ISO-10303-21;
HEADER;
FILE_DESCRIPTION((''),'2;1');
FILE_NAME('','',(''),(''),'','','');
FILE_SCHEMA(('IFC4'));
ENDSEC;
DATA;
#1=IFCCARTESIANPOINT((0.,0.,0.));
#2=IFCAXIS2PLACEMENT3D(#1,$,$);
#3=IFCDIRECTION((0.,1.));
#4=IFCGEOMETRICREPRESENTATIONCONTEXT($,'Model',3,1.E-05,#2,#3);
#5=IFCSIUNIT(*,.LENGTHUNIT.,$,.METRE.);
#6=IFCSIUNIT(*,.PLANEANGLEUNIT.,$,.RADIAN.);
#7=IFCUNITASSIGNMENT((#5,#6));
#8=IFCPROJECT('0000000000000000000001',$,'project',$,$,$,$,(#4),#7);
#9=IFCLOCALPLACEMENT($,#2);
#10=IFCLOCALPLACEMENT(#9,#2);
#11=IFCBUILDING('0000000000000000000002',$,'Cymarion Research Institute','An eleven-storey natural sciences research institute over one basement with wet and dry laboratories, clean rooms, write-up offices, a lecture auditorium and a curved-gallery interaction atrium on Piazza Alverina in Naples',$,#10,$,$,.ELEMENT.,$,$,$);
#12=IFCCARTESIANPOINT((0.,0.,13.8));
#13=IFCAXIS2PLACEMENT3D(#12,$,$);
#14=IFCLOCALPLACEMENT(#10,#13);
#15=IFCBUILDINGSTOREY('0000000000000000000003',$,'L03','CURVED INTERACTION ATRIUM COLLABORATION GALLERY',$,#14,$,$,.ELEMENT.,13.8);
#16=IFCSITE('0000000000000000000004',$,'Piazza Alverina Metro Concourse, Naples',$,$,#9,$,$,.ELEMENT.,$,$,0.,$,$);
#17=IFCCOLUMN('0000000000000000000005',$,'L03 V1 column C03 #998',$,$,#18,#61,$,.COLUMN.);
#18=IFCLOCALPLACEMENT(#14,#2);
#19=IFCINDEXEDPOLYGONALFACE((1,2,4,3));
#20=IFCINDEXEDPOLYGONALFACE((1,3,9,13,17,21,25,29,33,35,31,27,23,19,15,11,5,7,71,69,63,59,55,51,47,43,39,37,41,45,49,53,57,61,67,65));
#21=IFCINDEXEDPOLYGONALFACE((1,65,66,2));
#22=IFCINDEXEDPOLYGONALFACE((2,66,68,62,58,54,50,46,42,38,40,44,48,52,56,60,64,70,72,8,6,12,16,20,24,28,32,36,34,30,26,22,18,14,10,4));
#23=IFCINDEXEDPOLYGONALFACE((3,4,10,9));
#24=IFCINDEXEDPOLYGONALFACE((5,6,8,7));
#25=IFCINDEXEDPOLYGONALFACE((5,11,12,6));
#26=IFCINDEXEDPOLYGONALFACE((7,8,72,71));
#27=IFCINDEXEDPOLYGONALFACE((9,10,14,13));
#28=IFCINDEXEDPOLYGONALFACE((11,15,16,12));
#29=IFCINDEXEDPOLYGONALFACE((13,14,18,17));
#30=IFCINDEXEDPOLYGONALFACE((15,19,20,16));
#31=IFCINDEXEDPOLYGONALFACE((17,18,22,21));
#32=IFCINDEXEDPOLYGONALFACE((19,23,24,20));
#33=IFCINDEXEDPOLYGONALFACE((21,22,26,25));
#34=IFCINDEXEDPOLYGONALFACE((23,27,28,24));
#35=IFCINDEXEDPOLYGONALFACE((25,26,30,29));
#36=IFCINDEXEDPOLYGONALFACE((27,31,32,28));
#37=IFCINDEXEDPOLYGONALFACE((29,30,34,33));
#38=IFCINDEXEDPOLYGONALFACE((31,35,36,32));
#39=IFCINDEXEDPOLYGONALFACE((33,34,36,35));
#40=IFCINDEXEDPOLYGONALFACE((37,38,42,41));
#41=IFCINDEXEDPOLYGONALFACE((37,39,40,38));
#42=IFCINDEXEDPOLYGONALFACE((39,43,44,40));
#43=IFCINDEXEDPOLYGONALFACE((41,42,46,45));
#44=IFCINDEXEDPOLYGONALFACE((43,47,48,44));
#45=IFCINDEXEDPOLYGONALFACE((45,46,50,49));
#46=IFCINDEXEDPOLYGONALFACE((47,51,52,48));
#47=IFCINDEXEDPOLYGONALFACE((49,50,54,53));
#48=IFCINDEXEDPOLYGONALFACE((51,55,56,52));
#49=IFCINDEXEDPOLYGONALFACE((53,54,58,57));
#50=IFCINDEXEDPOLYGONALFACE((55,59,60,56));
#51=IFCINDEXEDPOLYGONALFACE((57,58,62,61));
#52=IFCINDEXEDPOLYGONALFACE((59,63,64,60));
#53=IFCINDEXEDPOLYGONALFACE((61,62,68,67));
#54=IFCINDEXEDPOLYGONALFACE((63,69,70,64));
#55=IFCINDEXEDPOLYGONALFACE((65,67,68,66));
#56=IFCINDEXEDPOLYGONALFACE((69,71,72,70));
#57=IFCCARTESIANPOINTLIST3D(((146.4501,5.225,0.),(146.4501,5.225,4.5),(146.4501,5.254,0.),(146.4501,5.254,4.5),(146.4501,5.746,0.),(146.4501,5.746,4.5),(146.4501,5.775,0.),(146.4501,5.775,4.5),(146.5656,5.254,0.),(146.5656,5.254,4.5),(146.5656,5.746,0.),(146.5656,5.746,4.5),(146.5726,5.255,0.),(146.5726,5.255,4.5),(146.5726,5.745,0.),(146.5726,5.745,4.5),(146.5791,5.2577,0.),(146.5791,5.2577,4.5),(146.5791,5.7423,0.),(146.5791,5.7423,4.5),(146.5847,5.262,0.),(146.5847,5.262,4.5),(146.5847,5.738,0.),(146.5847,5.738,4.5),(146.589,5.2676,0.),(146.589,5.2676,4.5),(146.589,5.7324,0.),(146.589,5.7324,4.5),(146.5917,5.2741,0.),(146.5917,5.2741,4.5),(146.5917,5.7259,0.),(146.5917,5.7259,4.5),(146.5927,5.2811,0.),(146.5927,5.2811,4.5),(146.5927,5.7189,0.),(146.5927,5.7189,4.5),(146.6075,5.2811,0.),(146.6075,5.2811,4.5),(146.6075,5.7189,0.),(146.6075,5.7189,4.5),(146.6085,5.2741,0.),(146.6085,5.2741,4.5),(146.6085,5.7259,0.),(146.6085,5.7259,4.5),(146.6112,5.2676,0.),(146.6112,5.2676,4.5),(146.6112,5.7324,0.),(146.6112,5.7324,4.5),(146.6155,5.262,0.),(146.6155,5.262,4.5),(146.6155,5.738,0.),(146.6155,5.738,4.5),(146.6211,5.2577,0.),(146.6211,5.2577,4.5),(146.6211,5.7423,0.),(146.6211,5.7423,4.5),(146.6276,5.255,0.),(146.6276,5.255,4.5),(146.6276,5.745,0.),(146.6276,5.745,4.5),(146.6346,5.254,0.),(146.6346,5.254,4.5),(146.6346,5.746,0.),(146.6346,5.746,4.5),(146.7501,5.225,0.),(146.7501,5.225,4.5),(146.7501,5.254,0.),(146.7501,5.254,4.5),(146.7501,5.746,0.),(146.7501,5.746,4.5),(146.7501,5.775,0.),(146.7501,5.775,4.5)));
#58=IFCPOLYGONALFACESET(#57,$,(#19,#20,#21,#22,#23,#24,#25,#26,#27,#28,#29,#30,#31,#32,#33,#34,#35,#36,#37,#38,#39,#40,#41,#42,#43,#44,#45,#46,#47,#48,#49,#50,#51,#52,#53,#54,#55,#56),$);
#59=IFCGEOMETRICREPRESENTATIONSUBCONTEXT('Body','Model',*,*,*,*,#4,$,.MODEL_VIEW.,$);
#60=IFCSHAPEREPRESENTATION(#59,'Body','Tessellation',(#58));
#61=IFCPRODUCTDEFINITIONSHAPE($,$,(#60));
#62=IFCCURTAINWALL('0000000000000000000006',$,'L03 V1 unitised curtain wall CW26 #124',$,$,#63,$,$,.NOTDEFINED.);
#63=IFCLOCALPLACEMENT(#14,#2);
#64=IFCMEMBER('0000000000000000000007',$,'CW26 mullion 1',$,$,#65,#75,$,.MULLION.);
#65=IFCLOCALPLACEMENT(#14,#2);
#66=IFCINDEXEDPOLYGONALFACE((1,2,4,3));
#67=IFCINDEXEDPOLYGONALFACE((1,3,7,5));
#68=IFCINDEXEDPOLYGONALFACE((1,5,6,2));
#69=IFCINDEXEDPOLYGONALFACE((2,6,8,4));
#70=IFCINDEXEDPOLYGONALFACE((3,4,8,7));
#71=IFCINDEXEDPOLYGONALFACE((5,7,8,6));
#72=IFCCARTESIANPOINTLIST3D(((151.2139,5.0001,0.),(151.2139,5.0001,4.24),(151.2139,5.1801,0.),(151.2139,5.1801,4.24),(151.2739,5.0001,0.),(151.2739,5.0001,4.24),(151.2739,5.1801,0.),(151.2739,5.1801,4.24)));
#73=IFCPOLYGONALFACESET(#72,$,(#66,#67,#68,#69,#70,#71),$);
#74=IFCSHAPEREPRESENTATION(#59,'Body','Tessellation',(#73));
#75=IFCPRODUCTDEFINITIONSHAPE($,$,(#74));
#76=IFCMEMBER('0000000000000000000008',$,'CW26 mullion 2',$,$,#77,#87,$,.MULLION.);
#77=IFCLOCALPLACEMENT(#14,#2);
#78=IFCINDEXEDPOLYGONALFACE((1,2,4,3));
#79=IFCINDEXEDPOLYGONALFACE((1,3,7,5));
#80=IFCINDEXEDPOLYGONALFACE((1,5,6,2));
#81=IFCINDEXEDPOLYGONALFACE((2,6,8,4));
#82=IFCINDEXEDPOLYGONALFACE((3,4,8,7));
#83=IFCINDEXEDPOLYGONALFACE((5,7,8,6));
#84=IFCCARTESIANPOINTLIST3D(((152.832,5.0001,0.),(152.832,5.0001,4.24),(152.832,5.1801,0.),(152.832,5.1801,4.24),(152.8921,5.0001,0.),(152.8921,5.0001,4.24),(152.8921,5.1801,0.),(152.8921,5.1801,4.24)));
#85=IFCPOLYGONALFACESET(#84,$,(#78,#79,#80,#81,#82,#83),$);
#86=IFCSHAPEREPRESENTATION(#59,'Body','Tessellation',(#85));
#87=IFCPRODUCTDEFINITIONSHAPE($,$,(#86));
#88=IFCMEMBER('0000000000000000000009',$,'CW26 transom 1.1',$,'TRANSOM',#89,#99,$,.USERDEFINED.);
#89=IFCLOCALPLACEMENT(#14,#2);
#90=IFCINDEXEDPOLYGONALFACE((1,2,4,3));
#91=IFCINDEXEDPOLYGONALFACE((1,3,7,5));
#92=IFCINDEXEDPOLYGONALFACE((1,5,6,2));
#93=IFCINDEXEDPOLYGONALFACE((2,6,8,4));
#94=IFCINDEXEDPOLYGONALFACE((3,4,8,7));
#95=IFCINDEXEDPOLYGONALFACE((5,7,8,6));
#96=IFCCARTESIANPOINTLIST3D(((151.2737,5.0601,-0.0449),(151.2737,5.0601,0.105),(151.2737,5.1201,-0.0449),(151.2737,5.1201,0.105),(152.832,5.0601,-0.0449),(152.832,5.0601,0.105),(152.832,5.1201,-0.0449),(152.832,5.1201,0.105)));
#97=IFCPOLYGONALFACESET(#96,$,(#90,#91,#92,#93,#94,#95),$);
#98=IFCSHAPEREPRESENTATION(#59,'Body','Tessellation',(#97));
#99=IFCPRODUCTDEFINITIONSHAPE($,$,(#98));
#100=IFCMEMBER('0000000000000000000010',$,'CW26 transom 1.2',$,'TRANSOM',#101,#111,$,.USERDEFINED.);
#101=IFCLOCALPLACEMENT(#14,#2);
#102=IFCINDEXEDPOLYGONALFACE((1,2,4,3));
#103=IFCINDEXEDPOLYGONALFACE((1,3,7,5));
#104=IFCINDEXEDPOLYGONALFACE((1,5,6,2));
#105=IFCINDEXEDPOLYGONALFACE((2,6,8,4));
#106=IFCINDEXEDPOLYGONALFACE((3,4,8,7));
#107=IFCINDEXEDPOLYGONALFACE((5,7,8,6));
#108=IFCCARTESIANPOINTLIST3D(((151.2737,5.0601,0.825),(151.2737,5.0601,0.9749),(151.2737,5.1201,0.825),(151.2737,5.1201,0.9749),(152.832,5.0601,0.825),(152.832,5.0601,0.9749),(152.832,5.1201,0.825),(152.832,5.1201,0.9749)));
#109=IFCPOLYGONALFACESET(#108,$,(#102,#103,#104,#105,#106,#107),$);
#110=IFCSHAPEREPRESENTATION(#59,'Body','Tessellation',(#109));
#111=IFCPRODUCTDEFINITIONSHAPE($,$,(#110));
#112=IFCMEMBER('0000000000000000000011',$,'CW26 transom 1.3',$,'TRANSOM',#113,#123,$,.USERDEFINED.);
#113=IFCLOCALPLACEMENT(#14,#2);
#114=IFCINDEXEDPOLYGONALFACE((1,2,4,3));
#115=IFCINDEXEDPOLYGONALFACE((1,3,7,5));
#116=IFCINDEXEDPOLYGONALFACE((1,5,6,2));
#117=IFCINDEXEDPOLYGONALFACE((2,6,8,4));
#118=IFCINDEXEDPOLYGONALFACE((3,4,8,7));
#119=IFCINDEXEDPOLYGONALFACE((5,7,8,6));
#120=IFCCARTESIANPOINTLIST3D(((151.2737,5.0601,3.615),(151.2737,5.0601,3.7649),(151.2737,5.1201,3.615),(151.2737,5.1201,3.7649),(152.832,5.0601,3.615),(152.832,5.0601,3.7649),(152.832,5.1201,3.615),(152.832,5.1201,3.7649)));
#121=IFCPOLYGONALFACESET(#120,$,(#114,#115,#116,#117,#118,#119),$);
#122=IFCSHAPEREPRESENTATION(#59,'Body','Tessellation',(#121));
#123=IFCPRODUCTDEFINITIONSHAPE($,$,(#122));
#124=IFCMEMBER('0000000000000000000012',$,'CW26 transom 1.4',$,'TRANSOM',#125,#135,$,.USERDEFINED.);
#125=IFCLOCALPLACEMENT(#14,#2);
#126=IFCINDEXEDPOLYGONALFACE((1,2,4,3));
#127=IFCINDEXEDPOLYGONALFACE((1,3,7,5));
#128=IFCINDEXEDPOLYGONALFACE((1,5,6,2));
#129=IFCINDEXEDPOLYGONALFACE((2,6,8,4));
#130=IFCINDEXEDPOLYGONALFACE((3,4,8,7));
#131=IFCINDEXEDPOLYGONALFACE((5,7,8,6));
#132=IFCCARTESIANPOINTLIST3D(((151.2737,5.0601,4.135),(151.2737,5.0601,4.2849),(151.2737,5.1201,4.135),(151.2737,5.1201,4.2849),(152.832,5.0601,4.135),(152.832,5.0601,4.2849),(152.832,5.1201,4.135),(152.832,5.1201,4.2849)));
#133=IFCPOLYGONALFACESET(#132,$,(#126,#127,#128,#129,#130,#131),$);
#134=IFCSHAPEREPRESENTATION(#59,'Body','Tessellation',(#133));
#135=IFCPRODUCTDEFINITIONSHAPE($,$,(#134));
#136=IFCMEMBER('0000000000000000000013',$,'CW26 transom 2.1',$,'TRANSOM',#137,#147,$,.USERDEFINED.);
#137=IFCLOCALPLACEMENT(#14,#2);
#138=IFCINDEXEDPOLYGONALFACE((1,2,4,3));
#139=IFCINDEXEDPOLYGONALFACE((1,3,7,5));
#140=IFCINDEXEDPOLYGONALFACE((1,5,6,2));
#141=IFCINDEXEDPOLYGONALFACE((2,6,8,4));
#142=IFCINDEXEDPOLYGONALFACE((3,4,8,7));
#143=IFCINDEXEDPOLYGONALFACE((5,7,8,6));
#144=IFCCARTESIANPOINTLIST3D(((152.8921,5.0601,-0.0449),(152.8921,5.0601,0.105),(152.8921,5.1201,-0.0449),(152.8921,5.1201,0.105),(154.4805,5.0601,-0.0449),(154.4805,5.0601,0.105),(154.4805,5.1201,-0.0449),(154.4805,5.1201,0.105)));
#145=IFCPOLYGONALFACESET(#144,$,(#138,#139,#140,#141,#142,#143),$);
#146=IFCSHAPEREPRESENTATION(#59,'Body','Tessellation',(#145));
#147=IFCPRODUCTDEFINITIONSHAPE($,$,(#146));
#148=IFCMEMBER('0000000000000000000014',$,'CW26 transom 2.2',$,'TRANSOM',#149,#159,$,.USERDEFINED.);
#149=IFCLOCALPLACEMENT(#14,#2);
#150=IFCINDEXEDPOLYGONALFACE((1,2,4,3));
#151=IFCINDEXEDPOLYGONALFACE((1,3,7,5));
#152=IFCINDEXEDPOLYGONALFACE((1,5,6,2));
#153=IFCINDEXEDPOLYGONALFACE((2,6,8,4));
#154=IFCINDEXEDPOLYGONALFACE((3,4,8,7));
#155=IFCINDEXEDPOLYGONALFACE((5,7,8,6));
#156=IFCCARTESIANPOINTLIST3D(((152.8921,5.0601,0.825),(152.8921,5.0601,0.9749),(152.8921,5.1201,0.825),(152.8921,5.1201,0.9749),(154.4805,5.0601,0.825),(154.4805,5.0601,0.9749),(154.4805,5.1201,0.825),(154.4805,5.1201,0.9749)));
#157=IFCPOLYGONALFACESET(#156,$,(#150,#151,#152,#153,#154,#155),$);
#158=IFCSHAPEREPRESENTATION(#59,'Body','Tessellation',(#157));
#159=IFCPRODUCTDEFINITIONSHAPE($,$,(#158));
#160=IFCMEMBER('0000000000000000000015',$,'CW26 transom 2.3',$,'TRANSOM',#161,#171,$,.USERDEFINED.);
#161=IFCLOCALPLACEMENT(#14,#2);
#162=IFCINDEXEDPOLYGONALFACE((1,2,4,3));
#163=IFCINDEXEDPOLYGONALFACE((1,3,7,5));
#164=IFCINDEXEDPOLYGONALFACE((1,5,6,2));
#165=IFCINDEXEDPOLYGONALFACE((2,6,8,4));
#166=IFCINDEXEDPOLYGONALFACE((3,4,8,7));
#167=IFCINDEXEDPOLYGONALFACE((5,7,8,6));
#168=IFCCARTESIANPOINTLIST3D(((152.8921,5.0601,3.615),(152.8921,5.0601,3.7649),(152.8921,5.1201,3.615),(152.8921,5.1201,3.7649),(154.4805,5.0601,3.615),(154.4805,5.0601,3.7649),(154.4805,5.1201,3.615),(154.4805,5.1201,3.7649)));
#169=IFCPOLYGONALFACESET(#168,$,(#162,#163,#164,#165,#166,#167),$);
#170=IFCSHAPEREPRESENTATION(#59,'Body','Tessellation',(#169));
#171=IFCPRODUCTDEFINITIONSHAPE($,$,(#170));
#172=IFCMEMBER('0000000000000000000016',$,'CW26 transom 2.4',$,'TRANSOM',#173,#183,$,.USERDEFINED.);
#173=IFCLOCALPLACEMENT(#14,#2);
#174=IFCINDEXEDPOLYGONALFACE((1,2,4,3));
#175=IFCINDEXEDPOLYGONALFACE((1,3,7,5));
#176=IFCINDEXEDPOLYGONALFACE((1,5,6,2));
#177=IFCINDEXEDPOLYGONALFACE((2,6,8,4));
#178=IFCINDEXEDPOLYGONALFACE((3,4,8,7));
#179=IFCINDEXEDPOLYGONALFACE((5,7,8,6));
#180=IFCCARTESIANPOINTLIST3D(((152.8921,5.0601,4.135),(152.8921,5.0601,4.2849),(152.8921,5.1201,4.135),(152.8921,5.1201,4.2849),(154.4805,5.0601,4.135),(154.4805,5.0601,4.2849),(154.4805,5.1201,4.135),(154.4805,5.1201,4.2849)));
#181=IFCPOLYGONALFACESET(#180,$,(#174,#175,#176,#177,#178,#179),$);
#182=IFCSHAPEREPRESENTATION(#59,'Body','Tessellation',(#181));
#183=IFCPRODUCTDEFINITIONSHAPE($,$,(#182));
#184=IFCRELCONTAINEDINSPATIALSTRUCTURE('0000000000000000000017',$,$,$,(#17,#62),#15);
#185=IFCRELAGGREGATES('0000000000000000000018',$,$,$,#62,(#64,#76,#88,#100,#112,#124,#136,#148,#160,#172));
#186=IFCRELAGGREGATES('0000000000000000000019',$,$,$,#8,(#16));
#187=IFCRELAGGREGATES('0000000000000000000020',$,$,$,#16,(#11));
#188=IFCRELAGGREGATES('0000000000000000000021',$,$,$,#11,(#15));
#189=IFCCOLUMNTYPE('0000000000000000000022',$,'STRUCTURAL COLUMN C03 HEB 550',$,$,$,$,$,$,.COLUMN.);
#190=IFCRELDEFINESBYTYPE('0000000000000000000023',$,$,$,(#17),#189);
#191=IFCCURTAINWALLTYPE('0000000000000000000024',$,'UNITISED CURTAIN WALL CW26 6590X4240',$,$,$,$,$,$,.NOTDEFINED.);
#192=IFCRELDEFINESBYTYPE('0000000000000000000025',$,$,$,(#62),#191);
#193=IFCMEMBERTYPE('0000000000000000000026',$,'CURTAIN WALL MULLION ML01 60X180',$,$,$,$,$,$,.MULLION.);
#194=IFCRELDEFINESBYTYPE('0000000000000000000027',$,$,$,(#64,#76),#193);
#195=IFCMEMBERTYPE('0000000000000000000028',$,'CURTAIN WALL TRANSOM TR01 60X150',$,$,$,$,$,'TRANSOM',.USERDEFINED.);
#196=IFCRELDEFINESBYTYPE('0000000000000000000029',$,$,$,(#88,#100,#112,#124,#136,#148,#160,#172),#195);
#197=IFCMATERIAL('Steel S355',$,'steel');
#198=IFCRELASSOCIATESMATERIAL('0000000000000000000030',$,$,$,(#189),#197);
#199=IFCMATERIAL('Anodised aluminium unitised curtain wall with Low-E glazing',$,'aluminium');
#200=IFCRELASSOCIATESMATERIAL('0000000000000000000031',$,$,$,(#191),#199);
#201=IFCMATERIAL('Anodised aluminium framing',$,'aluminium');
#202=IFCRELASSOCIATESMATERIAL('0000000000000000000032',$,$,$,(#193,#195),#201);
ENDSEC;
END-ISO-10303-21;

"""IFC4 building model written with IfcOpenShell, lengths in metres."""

from ifc_helpers import new_model, si_unit, direction, frame, origin, origin_2d, place, context, subcontext, project, spatial, rectangle, i_section, extrude, material, material_profile, profile_set, type_object, element, aggregate, save


model = new_model("IFC4")

# Units and contexts
model_context = context("Model", 3, precision=1e-05, world=origin(), true_north=direction((0.0, 1.0)))
body_context = subcontext(model_context, "Body", "Model", "MODEL_VIEW")
ifc_project = project(units=[si_unit("LENGTHUNIT", "METRE"), si_unit("PLANEANGLEUNIT", "RADIAN")], contexts=[model_context])

# Site, building, storey
site_placement = place(None, origin())
site = spatial("IfcSite", under=ifc_project, at=site_placement, Name="Piazza Alverina Metro Concourse, Naples", CompositionType="ELEMENT", RefElevation=0.0)
building_placement = place(site_placement, origin())
building = spatial("IfcBuilding", under=site, at=building_placement, Name="Cymarion Research Institute", Description="An eleven-storey natural sciences research institute over one basement with wet and dry laboratories, clean rooms, write-up offices, a lecture auditorium and a curved-gallery interaction atrium on Piazza Alverina in Naples", CompositionType="ELEMENT")
storey_placement = place(building_placement, frame((0.0, 0.0, 13.8)))
storey = spatial("IfcBuildingStorey", under=building, at=storey_placement, Name="L03", Description="CURVED INTERACTION ATRIUM COLLABORATION GALLERY", CompositionType="ELEMENT", Elevation=13.8)

# Column
ifc_material_1 = material(Name="Steel S355", Category="steel")
ifc_material_profile_1 = material_profile(ifc_material_1, i_section(OverallWidth=0.3, OverallDepth=0.55, WebThickness=0.0149, FlangeThickness=0.0291, FilletRadius=0.0271, at=origin_2d()), Name="HEB 550")
ifc_profile_set_1 = profile_set([ifc_material_profile_1], Name="Steel S355")
column_type = type_object("IfcColumnType", Name="STRUCTURAL COLUMN C03 HEB 550", PredefinedType="COLUMN", material=ifc_profile_set_1)
column_placement = place(storey_placement, frame((146.6001, 5.5, 0.0), z_axis=(0.0, 0.0, 1.0), x_axis=(1.0, 0.0, 0.0)))
element("IfcColumn", 1, at=column_placement, inside=storey, type_object=column_type, Name="L03 V1 column C03 #998", PredefinedType="COLUMN", context=body_context, shape_type="SweptSolid", body=[
    extrude(i_section(OverallWidth=0.3, OverallDepth=0.55, WebThickness=0.0149, FlangeThickness=0.0291, FilletRadius=0.0271, at=origin_2d()), origin(), (0.0, 0.0, 1.0), 4.5),
])

# Curtain wall, members
ifc_material_2 = material(Name="Anodised aluminium unitised curtain wall with Low-E glazing", Category="aluminium")
curtain_wall_type = type_object("IfcCurtainWallType", Name="UNITISED CURTAIN WALL CW26 6590X4240", PredefinedType="NOTDEFINED", material=ifc_material_2)
curtain_wall_placement = place(storey_placement, origin())
curtain_wall = element("IfcCurtainWall", 2, at=curtain_wall_placement, inside=storey, type_object=curtain_wall_type, Name="L03 V1 unitised curtain wall CW26 #124", PredefinedType="NOTDEFINED")
ifc_material_3 = material(Name="Anodised aluminium framing", Category="aluminium")
ifc_material_profile_2 = material_profile(ifc_material_3, rectangle(XDim=0.0601, YDim=0.1799, at=origin_2d()), Name="ALU MULLION 60x180")
ifc_profile_set_2 = profile_set([ifc_material_profile_2], Name="Anodised aluminium framing")
member_type_1 = type_object("IfcMemberType", Name="CURTAIN WALL MULLION ML01 60X180", PredefinedType="MULLION", material=ifc_profile_set_2)
member_1_placement = place(storey_placement, frame((151.2439, 5.0901, 0.0), z_axis=(0.0, 0.0, 1.0), x_axis=(1.0, 0.0, 0.0)))
member_1 = element("IfcMember", 3, at=member_1_placement, type_object=member_type_1, Name="CW26 mullion 1", PredefinedType="MULLION", context=body_context, shape_type="SweptSolid", body=[
    extrude(rectangle(XDim=0.0601, YDim=0.1799, at=origin_2d()), origin(), (0.0, 0.0, 1.0), 4.24),
])
member_2_placement = place(storey_placement, frame((152.8621, 5.0901, 0.0), z_axis=(0.0, 0.0, 1.0), x_axis=(1.0, 0.0, 0.0)))
member_2 = element("IfcMember", 4, at=member_2_placement, type_object=member_type_1, Name="CW26 mullion 2", PredefinedType="MULLION", context=body_context, shape_type="SweptSolid", body=[
    extrude(rectangle(XDim=0.0601, YDim=0.1799, at=origin_2d()), origin(), (0.0, 0.0, 1.0), 4.24),
])
ifc_material_profile_3 = material_profile(ifc_material_3, rectangle(XDim=0.0601, YDim=0.1499, at=origin_2d()), Name="ALU TRANSOM 60x150")
ifc_profile_set_3 = profile_set([ifc_material_profile_3], Name="Anodised aluminium framing")
member_type_2 = type_object("IfcMemberType", Name="CURTAIN WALL TRANSOM TR01 60X150", ElementType="TRANSOM", PredefinedType="USERDEFINED", material=ifc_profile_set_3)
member_3_placement = place(storey_placement, frame((151.2737, 5.0901, 0.03), z_axis=(1.0, 0.0, 0.0), x_axis=(0.0, 1.0, 0.0)))
member_3 = element("IfcMember", 5, at=member_3_placement, type_object=member_type_2, Name="CW26 transom 1.1", ObjectType="TRANSOM", PredefinedType="USERDEFINED", context=body_context, shape_type="SweptSolid", body=[
    extrude(rectangle(XDim=0.0601, YDim=0.1499, at=origin_2d()), origin(), (0.0, 0.0, 1.0), 1.5583),
])
member_4_placement = place(storey_placement, frame((151.2737, 5.0901, 0.8999), z_axis=(1.0, 0.0, 0.0), x_axis=(0.0, 1.0, 0.0)))
member_4 = element("IfcMember", 6, at=member_4_placement, type_object=member_type_2, Name="CW26 transom 1.2", ObjectType="TRANSOM", PredefinedType="USERDEFINED", context=body_context, shape_type="SweptSolid", body=[
    extrude(rectangle(XDim=0.0601, YDim=0.1499, at=origin_2d()), origin(), (0.0, 0.0, 1.0), 1.5583),
])
member_5_placement = place(storey_placement, frame((151.2737, 5.0901, 3.6899), z_axis=(1.0, 0.0, 0.0), x_axis=(0.0, 1.0, 0.0)))
member_5 = element("IfcMember", 7, at=member_5_placement, type_object=member_type_2, Name="CW26 transom 1.3", ObjectType="TRANSOM", PredefinedType="USERDEFINED", context=body_context, shape_type="SweptSolid", body=[
    extrude(rectangle(XDim=0.0601, YDim=0.1499, at=origin_2d()), origin(), (0.0, 0.0, 1.0), 1.5583),
])
member_6_placement = place(storey_placement, frame((151.2737, 5.0901, 4.21), z_axis=(1.0, 0.0, 0.0), x_axis=(0.0, 1.0, 0.0)))
member_6 = element("IfcMember", 8, at=member_6_placement, type_object=member_type_2, Name="CW26 transom 1.4", ObjectType="TRANSOM", PredefinedType="USERDEFINED", context=body_context, shape_type="SweptSolid", body=[
    extrude(rectangle(XDim=0.0601, YDim=0.1499, at=origin_2d()), origin(), (0.0, 0.0, 1.0), 1.5583),
])
member_7_placement = place(storey_placement, frame((152.8921, 5.0901, 0.03), z_axis=(1.0, 0.0, 0.0), x_axis=(0.0, 1.0, 0.0)))
member_7 = element("IfcMember", 9, at=member_7_placement, type_object=member_type_2, Name="CW26 transom 2.1", ObjectType="TRANSOM", PredefinedType="USERDEFINED", context=body_context, shape_type="SweptSolid", body=[
    extrude(rectangle(XDim=0.0601, YDim=0.1499, at=origin_2d()), origin(), (0.0, 0.0, 1.0), 1.5884),
])
member_8_placement = place(storey_placement, frame((152.8921, 5.0901, 0.8999), z_axis=(1.0, 0.0, 0.0), x_axis=(0.0, 1.0, 0.0)))
member_8 = element("IfcMember", 10, at=member_8_placement, type_object=member_type_2, Name="CW26 transom 2.2", ObjectType="TRANSOM", PredefinedType="USERDEFINED", context=body_context, shape_type="SweptSolid", body=[
    extrude(rectangle(XDim=0.0601, YDim=0.1499, at=origin_2d()), origin(), (0.0, 0.0, 1.0), 1.5884),
])
member_9_placement = place(storey_placement, frame((152.8921, 5.0901, 3.6899), z_axis=(1.0, 0.0, 0.0), x_axis=(0.0, 1.0, 0.0)))
member_9 = element("IfcMember", 11, at=member_9_placement, type_object=member_type_2, Name="CW26 transom 2.3", ObjectType="TRANSOM", PredefinedType="USERDEFINED", context=body_context, shape_type="SweptSolid", body=[
    extrude(rectangle(XDim=0.0601, YDim=0.1499, at=origin_2d()), origin(), (0.0, 0.0, 1.0), 1.5884),
])
member_10_placement = place(storey_placement, frame((152.8921, 5.0901, 4.21), z_axis=(1.0, 0.0, 0.0), x_axis=(0.0, 1.0, 0.0)))
member_10 = element("IfcMember", 12, at=member_10_placement, type_object=member_type_2, Name="CW26 transom 2.4", ObjectType="TRANSOM", PredefinedType="USERDEFINED", context=body_context, shape_type="SweptSolid", body=[
    extrude(rectangle(XDim=0.0601, YDim=0.1499, at=origin_2d()), origin(), (0.0, 0.0, 1.0), 1.5884),
])

aggregate(curtain_wall, [member_1, member_2, member_3, member_4, member_5, member_6, member_7, member_8, member_9, member_10])

save(model, "model.ifc")
